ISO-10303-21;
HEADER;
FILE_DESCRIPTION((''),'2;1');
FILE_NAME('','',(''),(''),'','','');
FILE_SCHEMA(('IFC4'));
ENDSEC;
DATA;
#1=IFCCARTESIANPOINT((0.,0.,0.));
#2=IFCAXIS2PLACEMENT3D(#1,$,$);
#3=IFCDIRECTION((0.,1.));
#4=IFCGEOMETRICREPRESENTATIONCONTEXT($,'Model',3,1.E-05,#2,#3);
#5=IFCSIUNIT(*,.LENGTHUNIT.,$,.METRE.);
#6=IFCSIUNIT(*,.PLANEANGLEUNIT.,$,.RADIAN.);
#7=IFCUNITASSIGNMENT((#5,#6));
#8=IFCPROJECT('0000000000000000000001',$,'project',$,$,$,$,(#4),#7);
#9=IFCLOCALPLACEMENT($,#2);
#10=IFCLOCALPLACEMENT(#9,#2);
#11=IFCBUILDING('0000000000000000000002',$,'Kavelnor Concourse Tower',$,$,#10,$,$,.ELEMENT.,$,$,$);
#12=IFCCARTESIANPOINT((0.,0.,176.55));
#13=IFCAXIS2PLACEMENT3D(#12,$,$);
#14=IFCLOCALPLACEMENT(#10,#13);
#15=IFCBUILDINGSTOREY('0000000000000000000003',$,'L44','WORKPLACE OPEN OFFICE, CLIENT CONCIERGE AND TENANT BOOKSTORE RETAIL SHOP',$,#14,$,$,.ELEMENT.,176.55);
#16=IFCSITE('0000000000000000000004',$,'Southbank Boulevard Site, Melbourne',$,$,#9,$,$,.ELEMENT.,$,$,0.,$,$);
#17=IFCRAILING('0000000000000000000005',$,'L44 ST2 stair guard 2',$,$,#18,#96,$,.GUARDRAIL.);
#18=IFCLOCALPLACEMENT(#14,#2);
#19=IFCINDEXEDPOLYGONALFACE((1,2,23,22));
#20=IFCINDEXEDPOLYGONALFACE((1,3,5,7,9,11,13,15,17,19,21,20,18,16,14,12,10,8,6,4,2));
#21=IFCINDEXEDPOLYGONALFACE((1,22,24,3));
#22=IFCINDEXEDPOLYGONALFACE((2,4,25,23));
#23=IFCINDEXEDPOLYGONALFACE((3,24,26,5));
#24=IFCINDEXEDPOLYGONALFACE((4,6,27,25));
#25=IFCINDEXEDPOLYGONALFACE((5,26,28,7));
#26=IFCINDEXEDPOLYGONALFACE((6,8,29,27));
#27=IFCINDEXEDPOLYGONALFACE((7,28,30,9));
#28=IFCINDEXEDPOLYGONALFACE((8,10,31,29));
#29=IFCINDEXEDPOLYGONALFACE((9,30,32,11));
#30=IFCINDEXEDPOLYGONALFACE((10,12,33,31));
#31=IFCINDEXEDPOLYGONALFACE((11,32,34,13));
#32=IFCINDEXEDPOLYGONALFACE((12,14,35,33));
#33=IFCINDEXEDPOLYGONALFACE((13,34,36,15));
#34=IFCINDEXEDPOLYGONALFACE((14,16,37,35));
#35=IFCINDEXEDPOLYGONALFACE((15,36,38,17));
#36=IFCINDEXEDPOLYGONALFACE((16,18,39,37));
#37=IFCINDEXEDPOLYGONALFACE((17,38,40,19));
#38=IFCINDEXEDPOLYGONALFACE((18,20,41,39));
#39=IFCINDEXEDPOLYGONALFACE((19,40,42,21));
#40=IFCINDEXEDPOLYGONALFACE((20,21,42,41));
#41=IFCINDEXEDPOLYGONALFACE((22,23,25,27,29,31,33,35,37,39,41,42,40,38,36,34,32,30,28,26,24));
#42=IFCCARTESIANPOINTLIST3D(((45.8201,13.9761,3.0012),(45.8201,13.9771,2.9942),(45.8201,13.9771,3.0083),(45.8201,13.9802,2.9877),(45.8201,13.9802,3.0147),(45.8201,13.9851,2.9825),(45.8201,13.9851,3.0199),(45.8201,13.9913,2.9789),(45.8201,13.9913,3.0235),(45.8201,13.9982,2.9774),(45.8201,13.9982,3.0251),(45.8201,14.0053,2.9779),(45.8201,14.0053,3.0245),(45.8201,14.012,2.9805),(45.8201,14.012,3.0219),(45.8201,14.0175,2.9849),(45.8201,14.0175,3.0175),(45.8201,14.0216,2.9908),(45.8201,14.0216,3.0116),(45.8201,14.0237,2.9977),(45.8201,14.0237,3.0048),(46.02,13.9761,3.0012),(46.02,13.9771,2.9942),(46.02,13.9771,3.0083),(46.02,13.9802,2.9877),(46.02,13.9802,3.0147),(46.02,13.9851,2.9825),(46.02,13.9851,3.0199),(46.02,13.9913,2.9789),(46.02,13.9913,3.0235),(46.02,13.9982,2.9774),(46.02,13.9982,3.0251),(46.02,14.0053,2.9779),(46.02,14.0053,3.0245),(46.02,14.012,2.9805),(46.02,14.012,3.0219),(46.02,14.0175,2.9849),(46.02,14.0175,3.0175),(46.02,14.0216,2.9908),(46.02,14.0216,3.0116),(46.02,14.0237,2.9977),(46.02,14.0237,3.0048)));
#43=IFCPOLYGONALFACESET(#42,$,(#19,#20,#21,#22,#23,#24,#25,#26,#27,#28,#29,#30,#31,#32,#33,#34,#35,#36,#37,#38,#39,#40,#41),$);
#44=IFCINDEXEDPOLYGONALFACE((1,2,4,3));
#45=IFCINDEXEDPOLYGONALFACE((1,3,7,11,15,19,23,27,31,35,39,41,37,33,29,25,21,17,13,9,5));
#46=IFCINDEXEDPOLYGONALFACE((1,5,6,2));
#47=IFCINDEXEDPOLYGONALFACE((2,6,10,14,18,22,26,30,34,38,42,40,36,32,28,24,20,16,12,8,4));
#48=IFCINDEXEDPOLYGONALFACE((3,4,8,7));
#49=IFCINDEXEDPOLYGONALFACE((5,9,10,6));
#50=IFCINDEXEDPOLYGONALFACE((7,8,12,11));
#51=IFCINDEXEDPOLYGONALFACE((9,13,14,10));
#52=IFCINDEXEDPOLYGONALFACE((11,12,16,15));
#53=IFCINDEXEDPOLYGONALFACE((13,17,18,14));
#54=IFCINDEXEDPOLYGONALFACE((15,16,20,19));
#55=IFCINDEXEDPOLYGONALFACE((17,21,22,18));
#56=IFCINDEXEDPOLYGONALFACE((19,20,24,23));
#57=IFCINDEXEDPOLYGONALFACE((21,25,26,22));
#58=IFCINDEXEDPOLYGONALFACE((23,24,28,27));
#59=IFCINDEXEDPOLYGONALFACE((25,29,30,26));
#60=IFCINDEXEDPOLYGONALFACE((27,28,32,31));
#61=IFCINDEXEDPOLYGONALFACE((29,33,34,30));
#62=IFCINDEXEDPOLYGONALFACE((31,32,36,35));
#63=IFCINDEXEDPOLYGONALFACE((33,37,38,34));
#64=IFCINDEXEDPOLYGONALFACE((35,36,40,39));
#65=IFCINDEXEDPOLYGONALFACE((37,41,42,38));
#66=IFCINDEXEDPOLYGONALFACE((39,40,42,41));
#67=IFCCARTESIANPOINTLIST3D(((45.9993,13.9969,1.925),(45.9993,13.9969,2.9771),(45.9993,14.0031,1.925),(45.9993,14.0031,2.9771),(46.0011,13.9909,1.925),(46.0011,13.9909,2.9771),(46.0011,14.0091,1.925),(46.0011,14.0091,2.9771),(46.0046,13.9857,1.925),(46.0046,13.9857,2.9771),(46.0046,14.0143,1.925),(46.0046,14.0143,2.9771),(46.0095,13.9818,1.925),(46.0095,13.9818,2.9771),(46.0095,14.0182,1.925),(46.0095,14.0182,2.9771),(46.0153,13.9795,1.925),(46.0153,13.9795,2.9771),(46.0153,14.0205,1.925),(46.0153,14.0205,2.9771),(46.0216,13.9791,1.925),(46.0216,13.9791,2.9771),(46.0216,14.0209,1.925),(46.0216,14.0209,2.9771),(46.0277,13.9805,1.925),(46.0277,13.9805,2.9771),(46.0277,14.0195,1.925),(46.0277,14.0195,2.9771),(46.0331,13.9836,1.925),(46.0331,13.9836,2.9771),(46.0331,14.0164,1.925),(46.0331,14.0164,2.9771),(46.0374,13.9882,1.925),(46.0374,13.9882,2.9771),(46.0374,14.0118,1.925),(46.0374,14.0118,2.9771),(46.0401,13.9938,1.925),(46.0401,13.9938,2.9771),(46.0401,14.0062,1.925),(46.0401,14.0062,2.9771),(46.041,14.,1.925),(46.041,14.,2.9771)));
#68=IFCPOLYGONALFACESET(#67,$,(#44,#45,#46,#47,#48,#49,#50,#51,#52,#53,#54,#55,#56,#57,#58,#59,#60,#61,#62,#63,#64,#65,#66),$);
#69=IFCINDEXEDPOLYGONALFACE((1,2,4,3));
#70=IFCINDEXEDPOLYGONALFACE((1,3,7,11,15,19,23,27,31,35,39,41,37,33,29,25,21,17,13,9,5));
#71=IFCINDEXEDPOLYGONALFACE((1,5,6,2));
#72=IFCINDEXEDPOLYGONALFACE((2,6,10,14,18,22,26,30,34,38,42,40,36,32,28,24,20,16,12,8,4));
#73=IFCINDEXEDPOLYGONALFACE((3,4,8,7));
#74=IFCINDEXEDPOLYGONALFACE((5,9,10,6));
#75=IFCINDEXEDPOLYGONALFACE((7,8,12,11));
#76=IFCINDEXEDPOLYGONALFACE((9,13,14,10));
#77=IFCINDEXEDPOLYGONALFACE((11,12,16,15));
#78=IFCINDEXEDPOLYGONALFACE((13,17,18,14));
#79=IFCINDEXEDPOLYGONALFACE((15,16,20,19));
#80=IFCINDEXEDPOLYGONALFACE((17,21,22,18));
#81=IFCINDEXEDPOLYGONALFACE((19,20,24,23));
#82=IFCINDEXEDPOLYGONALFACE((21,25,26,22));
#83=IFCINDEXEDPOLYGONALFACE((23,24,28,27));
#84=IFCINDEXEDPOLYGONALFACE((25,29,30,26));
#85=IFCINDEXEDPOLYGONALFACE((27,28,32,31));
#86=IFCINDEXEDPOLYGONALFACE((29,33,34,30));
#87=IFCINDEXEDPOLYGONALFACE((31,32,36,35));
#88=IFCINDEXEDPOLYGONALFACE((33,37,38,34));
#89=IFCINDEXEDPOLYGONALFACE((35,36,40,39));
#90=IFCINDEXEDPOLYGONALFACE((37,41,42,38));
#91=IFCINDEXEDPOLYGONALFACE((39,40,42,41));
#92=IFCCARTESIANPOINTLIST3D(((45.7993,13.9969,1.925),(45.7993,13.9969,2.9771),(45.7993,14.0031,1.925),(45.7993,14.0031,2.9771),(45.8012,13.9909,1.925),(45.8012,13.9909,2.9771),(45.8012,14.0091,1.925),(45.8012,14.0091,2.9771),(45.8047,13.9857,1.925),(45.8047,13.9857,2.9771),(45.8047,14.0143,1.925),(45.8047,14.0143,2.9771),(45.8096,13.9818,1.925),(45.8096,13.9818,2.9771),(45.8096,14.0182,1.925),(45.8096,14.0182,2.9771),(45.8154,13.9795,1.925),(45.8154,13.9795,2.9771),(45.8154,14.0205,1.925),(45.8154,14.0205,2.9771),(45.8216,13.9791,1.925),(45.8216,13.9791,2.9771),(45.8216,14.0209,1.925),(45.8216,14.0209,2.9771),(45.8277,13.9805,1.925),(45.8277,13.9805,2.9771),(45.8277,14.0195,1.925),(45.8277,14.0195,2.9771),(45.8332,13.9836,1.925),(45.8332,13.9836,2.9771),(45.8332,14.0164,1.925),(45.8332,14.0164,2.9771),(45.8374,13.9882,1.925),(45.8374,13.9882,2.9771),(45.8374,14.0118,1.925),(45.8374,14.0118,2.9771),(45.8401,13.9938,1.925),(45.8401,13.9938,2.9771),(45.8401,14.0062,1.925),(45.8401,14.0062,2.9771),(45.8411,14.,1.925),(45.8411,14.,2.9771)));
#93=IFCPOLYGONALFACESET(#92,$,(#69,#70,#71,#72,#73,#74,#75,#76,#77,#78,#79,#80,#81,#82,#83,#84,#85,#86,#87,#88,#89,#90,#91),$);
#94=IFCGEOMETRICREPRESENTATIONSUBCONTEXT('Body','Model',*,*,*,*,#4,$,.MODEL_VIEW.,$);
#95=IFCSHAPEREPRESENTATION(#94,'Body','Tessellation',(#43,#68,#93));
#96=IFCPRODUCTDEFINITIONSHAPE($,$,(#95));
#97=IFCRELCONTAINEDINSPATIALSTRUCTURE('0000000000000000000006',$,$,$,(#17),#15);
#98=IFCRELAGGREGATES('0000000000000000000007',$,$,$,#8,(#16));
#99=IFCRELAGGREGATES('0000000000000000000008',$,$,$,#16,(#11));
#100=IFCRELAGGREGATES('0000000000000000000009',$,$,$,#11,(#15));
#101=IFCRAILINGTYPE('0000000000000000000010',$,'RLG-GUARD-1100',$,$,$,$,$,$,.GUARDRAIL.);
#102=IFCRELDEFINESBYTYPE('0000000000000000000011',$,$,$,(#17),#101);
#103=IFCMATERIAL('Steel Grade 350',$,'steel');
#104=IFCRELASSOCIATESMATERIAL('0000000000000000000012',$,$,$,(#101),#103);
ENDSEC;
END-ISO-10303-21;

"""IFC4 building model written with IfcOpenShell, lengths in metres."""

from ifc_helpers import new_model, si_unit, direction, frame, origin, origin_2d, place, context, subcontext, project, spatial, circle, extrude, material, type_object, element, save


model = new_model("IFC4")

# Units and contexts
model_context = context("Model", 3, precision=1e-05, world=origin(), true_north=direction((0.0, 1.0)))
body_context = subcontext(model_context, "Body", "Model", "MODEL_VIEW")
ifc_project = project(units=[si_unit("LENGTHUNIT", "METRE"), si_unit("PLANEANGLEUNIT", "RADIAN")], contexts=[model_context])

# Site, building, storey
site_placement = place(None, origin())
site = spatial("IfcSite", under=ifc_project, at=site_placement, Name="Southbank Boulevard Site, Melbourne", CompositionType="ELEMENT", RefElevation=0.0)
building_placement = place(site_placement, origin())
building = spatial("IfcBuilding", under=site, at=building_placement, Name="Kavelnor Concourse Tower", CompositionType="ELEMENT")
storey_placement = place(building_placement, frame((0.0, 0.0, 176.55)))
storey = spatial("IfcBuildingStorey", under=building, at=storey_placement, Name="L44", Description="WORKPLACE OPEN OFFICE, CLIENT CONCIERGE AND TENANT BOOKSTORE RETAIL SHOP", CompositionType="ELEMENT", Elevation=176.55)

# Shared definitions
ifc_material_1 = material(Name="Steel Grade 350", Category="steel")

# Railing
railing_type_1 = type_object("IfcRailingType", Name="RLG-GUARD-1100", PredefinedType="GUARDRAIL", material=ifc_material_1)
railing_1_placement = place(storey_placement, frame((46.02, 14.0, 1.925)))
element("IfcRailing", 1, at=railing_1_placement, inside=storey, type_object=railing_type_1, Name="L44 ST2 stair guard 2", PredefinedType="GUARDRAIL", context=body_context, shape_type="SweptSolid", body=[
    extrude(circle(Radius=0.0239, at=origin_2d()), frame((0.0, 0.0, 1.0762), z_axis=(-1.0, 0.0, 0.0), x_axis=(0.0, -1.0, 0.0)), (0.0, 0.0, 1.0), 0.2),
    extrude(circle(Radius=0.021, at=origin_2d()), origin(), (0.0, 0.0, 1.0), 1.052),
    extrude(circle(Radius=0.021, at=origin_2d()), frame((-0.2, 0.0, 0.0)), (0.0, 0.0, 1.0), 1.052),
])

save(model, "model.ifc")
